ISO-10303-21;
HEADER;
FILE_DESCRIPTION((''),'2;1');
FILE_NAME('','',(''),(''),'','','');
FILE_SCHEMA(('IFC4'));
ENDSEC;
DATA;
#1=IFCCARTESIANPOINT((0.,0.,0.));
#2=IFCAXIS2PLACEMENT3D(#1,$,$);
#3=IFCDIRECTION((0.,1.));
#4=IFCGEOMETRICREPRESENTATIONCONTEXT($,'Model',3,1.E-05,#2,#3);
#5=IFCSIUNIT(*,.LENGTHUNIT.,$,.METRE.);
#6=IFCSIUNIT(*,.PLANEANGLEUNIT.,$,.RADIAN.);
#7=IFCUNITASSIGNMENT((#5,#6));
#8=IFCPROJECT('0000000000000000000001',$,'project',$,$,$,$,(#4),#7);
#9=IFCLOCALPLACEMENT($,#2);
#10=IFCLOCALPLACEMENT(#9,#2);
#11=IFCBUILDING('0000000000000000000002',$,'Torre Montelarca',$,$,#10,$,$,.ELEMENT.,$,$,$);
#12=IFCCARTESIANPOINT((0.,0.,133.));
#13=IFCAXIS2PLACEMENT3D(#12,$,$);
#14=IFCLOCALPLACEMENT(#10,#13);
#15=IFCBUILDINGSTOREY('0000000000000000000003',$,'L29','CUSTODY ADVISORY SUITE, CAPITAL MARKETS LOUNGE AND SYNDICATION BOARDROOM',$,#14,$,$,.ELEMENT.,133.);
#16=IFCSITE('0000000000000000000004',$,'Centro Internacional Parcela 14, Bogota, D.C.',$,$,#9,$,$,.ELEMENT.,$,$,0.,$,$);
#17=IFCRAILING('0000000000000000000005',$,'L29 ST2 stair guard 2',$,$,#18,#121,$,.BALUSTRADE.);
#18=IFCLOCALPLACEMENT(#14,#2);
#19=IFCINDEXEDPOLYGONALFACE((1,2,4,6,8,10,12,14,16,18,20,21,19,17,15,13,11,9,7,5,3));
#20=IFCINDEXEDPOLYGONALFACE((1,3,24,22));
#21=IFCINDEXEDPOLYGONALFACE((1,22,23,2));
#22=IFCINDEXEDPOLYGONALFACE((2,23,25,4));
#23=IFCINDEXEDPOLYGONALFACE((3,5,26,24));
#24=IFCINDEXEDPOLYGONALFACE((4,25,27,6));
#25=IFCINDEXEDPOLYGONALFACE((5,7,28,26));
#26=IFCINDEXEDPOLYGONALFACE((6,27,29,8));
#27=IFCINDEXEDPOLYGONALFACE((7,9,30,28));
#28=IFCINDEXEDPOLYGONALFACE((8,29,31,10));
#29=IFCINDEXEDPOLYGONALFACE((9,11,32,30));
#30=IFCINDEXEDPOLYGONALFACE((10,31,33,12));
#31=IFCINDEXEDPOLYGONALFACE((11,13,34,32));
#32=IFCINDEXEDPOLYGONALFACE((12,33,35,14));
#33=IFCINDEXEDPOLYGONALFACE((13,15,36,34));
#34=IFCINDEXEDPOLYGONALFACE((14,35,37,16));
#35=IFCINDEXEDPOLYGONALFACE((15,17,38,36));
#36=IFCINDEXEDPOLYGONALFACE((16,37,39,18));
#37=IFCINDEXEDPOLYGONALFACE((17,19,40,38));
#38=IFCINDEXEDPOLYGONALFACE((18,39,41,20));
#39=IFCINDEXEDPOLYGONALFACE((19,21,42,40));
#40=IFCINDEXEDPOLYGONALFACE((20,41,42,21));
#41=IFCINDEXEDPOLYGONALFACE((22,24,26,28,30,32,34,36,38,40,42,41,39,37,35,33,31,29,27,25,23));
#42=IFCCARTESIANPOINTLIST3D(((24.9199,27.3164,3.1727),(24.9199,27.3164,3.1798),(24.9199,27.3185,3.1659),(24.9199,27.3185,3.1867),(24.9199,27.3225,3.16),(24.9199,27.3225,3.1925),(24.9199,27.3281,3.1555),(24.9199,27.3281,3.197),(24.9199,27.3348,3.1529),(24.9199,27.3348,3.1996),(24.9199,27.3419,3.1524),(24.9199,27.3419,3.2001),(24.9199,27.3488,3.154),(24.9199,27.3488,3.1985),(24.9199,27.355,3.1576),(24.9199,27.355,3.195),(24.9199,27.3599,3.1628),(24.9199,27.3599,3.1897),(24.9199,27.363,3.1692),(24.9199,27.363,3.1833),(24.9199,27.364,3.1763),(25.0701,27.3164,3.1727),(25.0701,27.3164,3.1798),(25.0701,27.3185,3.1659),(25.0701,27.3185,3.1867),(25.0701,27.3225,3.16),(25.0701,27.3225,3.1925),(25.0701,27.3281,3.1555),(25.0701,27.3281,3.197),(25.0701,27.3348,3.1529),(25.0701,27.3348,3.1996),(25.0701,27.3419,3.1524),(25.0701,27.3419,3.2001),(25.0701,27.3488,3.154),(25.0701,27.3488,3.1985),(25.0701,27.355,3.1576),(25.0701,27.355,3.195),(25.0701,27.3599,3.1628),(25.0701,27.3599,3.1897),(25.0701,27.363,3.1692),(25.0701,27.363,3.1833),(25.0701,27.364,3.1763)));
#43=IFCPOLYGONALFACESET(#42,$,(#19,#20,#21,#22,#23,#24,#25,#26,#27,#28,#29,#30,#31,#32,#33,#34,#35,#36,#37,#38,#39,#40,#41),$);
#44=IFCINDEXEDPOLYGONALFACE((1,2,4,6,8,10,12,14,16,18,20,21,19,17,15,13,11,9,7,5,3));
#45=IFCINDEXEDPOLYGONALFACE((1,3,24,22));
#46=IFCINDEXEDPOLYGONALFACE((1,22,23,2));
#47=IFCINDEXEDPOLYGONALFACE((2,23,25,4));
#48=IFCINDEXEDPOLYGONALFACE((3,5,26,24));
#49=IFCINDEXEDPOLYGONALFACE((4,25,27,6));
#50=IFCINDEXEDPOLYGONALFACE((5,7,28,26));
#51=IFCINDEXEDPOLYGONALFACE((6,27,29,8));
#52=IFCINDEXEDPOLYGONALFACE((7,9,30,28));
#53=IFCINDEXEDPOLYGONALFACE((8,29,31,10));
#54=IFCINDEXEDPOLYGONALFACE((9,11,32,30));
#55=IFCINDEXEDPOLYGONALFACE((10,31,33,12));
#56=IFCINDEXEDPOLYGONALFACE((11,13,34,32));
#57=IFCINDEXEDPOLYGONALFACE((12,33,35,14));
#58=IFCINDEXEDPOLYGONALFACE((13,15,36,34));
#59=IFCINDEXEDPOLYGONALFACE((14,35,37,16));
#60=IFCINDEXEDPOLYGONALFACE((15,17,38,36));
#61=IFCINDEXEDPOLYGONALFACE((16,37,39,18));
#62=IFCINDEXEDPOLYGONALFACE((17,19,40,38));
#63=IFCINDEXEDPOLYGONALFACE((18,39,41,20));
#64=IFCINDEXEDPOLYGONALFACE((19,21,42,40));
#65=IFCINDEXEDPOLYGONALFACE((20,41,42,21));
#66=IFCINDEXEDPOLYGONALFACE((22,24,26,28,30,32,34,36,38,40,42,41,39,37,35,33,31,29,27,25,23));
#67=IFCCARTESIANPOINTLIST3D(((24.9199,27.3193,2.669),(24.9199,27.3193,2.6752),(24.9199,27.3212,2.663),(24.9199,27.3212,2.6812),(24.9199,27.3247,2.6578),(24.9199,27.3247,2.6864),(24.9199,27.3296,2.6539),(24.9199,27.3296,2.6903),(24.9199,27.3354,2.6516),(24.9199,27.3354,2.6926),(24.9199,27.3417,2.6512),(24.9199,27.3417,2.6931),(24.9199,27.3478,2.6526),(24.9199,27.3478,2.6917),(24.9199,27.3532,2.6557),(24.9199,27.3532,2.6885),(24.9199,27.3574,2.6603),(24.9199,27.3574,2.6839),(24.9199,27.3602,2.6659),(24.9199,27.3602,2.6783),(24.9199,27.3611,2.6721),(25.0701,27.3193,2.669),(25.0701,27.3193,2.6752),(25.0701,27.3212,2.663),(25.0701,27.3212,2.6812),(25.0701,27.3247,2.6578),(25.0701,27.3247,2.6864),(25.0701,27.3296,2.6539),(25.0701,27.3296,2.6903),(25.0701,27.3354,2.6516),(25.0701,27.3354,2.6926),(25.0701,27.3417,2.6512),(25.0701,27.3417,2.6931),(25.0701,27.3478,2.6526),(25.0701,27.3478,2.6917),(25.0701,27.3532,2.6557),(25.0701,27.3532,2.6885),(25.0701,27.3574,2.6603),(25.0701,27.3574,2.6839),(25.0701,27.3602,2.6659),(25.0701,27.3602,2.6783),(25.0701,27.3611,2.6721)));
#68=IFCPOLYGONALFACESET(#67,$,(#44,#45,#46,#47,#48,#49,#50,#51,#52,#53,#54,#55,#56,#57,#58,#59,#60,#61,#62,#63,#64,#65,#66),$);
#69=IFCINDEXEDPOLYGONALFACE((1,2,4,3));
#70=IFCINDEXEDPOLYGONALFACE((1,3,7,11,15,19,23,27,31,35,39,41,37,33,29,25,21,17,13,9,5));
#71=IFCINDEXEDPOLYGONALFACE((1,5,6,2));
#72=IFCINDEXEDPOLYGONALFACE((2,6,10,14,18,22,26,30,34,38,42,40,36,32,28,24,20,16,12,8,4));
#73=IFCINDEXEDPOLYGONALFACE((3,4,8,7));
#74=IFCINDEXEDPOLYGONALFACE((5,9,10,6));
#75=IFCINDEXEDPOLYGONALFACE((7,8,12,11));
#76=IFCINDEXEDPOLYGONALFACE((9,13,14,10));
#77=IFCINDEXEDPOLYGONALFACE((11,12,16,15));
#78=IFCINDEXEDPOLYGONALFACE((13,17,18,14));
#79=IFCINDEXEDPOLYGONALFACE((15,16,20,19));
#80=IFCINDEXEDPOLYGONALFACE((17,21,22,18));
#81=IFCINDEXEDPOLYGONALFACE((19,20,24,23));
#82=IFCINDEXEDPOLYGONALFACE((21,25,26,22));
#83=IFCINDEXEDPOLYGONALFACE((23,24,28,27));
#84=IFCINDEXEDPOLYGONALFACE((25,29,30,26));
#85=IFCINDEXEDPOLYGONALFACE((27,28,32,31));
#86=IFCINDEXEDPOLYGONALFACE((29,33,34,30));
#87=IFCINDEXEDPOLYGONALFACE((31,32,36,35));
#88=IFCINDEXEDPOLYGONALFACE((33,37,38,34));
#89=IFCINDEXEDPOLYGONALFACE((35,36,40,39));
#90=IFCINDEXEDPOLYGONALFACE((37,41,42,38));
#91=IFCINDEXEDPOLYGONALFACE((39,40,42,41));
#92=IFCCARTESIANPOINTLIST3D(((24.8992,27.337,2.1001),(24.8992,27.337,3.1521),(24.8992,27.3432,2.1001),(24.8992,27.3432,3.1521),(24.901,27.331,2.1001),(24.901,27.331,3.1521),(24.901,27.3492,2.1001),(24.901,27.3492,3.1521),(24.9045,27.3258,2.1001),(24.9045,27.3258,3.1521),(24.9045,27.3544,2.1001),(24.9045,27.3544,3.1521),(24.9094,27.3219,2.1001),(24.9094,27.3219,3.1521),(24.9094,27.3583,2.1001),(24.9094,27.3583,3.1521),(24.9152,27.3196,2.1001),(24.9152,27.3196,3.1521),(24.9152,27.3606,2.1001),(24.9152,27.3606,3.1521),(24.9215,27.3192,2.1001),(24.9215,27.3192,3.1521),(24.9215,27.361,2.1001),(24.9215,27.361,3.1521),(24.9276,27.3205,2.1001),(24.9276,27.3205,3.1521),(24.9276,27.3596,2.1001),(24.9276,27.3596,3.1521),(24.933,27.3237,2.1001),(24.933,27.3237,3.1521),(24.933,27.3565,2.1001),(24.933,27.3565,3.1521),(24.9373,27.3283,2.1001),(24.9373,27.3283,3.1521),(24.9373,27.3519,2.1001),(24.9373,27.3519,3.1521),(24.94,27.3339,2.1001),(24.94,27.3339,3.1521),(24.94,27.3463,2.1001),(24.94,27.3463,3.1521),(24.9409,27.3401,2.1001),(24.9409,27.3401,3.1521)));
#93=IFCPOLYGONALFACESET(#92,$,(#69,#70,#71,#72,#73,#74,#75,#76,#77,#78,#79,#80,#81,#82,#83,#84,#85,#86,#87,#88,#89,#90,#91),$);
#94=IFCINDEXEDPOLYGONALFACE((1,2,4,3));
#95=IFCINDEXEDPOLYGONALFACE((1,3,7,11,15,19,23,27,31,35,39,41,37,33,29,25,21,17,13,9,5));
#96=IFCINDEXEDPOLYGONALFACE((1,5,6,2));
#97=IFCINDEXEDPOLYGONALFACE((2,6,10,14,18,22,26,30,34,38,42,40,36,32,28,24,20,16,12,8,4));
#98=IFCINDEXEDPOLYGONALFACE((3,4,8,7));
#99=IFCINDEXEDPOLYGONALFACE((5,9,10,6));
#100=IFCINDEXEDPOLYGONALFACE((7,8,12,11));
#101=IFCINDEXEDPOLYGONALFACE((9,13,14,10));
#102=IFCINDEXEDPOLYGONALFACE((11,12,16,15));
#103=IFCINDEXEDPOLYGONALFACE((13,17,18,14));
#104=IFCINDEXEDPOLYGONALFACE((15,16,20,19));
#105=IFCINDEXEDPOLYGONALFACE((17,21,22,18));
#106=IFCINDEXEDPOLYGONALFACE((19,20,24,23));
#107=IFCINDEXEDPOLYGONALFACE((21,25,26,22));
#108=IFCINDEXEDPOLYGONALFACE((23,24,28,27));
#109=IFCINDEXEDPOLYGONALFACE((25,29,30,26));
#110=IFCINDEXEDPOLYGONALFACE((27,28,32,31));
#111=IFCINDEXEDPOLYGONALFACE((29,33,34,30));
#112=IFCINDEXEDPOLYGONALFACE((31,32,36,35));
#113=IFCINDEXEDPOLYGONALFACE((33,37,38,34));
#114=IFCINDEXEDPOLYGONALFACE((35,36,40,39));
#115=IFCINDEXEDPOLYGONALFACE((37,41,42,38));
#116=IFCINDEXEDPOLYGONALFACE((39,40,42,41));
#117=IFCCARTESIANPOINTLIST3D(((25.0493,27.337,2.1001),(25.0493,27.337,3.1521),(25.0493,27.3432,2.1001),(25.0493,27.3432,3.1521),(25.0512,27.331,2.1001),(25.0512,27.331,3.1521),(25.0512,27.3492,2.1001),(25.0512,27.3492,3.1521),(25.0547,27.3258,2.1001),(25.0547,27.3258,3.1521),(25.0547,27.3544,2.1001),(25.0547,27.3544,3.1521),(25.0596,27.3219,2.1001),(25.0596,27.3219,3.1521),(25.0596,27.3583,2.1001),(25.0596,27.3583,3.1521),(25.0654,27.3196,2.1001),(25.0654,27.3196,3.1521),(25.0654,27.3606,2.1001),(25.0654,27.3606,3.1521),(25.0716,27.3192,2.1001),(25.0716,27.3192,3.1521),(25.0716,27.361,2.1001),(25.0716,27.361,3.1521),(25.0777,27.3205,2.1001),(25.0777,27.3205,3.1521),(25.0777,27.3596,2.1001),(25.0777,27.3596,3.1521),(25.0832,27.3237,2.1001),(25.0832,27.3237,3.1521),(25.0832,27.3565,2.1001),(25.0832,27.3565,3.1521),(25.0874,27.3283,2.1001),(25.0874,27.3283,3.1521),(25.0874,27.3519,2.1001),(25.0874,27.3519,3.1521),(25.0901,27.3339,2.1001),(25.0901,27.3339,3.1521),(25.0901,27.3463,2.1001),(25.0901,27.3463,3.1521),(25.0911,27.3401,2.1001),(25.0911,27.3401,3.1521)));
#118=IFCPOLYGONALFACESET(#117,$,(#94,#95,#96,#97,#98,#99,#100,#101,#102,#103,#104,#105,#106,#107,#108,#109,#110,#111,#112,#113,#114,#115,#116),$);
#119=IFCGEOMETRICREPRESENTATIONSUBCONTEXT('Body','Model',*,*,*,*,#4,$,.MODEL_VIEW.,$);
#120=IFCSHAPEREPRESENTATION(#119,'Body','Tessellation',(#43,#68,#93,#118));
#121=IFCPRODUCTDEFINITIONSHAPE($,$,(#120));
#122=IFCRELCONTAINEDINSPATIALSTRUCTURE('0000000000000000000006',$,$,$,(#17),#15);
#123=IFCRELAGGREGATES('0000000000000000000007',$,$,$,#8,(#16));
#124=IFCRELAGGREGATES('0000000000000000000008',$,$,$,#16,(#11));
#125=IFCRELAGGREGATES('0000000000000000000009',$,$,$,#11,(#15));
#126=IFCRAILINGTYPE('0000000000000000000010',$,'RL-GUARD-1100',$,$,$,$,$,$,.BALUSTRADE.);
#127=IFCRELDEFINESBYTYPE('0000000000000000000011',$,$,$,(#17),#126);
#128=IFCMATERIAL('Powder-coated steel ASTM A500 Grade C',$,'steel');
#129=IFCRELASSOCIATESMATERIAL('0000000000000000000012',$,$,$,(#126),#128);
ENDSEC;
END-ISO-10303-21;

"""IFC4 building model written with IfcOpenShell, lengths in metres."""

from ifc_helpers import new_model, si_unit, direction, frame, origin, origin_2d, place, context, subcontext, project, spatial, circle, extrude, material, type_object, element, save


model = new_model("IFC4")

# Units and contexts
model_context = context("Model", 3, precision=1e-05, world=origin(), true_north=direction((0.0, 1.0)))
body_context = subcontext(model_context, "Body", "Model", "MODEL_VIEW")
ifc_project = project(units=[si_unit("LENGTHUNIT", "METRE"), si_unit("PLANEANGLEUNIT", "RADIAN")], contexts=[model_context])

# Site, building, storey
site_placement = place(None, origin())
site = spatial("IfcSite", under=ifc_project, at=site_placement, Name="Centro Internacional Parcela 14, Bogota, D.C.", CompositionType="ELEMENT", RefElevation=0.0)
building_placement = place(site_placement, origin())
building = spatial("IfcBuilding", under=site, at=building_placement, Name="Torre Montelarca", CompositionType="ELEMENT")
storey_placement = place(building_placement, frame((0.0, 0.0, 133.0)))
storey = spatial("IfcBuildingStorey", under=building, at=storey_placement, Name="L29", Description="CUSTODY ADVISORY SUITE, CAPITAL MARKETS LOUNGE AND SYNDICATION BOARDROOM", CompositionType="ELEMENT", Elevation=133.0)

# Railing
ifc_material_1 = material(Name="Powder-coated steel ASTM A500 Grade C", Category="steel")
railing_type_1 = type_object("IfcRailingType", Name="RL-GUARD-1100", PredefinedType="BALUSTRADE", material=ifc_material_1)
railing_1_placement = place(storey_placement, frame((24.9199, 27.3401, 2.1001)))
element("IfcRailing", 1, at=railing_1_placement, inside=storey, type_object=railing_type_1, Name="L29 ST2 stair guard 2", PredefinedType="BALUSTRADE", context=body_context, shape_type="SweptSolid", body=[
    extrude(circle(Radius=0.0239, at=origin_2d()), frame((0.0, 0.0, 1.0762), z_axis=(1.0, 0.0, 0.0), x_axis=(0.0, 1.0, 0.0)), (0.0, 0.0, 1.0), 0.1501),
    extrude(circle(Radius=0.021, at=origin_2d()), frame((0.0, 0.0, 0.572), z_axis=(1.0, 0.0, 0.0), x_axis=(0.0, 1.0, 0.0)), (0.0, 0.0, 1.0), 0.1501),
    extrude(circle(Radius=0.021, at=origin_2d()), origin(), (0.0, 0.0, 1.0), 1.052),
    extrude(circle(Radius=0.021, at=origin_2d()), frame((0.1501, 0.0, 0.0)), (0.0, 0.0, 1.0), 1.052),
])

save(model, "model.ifc")
